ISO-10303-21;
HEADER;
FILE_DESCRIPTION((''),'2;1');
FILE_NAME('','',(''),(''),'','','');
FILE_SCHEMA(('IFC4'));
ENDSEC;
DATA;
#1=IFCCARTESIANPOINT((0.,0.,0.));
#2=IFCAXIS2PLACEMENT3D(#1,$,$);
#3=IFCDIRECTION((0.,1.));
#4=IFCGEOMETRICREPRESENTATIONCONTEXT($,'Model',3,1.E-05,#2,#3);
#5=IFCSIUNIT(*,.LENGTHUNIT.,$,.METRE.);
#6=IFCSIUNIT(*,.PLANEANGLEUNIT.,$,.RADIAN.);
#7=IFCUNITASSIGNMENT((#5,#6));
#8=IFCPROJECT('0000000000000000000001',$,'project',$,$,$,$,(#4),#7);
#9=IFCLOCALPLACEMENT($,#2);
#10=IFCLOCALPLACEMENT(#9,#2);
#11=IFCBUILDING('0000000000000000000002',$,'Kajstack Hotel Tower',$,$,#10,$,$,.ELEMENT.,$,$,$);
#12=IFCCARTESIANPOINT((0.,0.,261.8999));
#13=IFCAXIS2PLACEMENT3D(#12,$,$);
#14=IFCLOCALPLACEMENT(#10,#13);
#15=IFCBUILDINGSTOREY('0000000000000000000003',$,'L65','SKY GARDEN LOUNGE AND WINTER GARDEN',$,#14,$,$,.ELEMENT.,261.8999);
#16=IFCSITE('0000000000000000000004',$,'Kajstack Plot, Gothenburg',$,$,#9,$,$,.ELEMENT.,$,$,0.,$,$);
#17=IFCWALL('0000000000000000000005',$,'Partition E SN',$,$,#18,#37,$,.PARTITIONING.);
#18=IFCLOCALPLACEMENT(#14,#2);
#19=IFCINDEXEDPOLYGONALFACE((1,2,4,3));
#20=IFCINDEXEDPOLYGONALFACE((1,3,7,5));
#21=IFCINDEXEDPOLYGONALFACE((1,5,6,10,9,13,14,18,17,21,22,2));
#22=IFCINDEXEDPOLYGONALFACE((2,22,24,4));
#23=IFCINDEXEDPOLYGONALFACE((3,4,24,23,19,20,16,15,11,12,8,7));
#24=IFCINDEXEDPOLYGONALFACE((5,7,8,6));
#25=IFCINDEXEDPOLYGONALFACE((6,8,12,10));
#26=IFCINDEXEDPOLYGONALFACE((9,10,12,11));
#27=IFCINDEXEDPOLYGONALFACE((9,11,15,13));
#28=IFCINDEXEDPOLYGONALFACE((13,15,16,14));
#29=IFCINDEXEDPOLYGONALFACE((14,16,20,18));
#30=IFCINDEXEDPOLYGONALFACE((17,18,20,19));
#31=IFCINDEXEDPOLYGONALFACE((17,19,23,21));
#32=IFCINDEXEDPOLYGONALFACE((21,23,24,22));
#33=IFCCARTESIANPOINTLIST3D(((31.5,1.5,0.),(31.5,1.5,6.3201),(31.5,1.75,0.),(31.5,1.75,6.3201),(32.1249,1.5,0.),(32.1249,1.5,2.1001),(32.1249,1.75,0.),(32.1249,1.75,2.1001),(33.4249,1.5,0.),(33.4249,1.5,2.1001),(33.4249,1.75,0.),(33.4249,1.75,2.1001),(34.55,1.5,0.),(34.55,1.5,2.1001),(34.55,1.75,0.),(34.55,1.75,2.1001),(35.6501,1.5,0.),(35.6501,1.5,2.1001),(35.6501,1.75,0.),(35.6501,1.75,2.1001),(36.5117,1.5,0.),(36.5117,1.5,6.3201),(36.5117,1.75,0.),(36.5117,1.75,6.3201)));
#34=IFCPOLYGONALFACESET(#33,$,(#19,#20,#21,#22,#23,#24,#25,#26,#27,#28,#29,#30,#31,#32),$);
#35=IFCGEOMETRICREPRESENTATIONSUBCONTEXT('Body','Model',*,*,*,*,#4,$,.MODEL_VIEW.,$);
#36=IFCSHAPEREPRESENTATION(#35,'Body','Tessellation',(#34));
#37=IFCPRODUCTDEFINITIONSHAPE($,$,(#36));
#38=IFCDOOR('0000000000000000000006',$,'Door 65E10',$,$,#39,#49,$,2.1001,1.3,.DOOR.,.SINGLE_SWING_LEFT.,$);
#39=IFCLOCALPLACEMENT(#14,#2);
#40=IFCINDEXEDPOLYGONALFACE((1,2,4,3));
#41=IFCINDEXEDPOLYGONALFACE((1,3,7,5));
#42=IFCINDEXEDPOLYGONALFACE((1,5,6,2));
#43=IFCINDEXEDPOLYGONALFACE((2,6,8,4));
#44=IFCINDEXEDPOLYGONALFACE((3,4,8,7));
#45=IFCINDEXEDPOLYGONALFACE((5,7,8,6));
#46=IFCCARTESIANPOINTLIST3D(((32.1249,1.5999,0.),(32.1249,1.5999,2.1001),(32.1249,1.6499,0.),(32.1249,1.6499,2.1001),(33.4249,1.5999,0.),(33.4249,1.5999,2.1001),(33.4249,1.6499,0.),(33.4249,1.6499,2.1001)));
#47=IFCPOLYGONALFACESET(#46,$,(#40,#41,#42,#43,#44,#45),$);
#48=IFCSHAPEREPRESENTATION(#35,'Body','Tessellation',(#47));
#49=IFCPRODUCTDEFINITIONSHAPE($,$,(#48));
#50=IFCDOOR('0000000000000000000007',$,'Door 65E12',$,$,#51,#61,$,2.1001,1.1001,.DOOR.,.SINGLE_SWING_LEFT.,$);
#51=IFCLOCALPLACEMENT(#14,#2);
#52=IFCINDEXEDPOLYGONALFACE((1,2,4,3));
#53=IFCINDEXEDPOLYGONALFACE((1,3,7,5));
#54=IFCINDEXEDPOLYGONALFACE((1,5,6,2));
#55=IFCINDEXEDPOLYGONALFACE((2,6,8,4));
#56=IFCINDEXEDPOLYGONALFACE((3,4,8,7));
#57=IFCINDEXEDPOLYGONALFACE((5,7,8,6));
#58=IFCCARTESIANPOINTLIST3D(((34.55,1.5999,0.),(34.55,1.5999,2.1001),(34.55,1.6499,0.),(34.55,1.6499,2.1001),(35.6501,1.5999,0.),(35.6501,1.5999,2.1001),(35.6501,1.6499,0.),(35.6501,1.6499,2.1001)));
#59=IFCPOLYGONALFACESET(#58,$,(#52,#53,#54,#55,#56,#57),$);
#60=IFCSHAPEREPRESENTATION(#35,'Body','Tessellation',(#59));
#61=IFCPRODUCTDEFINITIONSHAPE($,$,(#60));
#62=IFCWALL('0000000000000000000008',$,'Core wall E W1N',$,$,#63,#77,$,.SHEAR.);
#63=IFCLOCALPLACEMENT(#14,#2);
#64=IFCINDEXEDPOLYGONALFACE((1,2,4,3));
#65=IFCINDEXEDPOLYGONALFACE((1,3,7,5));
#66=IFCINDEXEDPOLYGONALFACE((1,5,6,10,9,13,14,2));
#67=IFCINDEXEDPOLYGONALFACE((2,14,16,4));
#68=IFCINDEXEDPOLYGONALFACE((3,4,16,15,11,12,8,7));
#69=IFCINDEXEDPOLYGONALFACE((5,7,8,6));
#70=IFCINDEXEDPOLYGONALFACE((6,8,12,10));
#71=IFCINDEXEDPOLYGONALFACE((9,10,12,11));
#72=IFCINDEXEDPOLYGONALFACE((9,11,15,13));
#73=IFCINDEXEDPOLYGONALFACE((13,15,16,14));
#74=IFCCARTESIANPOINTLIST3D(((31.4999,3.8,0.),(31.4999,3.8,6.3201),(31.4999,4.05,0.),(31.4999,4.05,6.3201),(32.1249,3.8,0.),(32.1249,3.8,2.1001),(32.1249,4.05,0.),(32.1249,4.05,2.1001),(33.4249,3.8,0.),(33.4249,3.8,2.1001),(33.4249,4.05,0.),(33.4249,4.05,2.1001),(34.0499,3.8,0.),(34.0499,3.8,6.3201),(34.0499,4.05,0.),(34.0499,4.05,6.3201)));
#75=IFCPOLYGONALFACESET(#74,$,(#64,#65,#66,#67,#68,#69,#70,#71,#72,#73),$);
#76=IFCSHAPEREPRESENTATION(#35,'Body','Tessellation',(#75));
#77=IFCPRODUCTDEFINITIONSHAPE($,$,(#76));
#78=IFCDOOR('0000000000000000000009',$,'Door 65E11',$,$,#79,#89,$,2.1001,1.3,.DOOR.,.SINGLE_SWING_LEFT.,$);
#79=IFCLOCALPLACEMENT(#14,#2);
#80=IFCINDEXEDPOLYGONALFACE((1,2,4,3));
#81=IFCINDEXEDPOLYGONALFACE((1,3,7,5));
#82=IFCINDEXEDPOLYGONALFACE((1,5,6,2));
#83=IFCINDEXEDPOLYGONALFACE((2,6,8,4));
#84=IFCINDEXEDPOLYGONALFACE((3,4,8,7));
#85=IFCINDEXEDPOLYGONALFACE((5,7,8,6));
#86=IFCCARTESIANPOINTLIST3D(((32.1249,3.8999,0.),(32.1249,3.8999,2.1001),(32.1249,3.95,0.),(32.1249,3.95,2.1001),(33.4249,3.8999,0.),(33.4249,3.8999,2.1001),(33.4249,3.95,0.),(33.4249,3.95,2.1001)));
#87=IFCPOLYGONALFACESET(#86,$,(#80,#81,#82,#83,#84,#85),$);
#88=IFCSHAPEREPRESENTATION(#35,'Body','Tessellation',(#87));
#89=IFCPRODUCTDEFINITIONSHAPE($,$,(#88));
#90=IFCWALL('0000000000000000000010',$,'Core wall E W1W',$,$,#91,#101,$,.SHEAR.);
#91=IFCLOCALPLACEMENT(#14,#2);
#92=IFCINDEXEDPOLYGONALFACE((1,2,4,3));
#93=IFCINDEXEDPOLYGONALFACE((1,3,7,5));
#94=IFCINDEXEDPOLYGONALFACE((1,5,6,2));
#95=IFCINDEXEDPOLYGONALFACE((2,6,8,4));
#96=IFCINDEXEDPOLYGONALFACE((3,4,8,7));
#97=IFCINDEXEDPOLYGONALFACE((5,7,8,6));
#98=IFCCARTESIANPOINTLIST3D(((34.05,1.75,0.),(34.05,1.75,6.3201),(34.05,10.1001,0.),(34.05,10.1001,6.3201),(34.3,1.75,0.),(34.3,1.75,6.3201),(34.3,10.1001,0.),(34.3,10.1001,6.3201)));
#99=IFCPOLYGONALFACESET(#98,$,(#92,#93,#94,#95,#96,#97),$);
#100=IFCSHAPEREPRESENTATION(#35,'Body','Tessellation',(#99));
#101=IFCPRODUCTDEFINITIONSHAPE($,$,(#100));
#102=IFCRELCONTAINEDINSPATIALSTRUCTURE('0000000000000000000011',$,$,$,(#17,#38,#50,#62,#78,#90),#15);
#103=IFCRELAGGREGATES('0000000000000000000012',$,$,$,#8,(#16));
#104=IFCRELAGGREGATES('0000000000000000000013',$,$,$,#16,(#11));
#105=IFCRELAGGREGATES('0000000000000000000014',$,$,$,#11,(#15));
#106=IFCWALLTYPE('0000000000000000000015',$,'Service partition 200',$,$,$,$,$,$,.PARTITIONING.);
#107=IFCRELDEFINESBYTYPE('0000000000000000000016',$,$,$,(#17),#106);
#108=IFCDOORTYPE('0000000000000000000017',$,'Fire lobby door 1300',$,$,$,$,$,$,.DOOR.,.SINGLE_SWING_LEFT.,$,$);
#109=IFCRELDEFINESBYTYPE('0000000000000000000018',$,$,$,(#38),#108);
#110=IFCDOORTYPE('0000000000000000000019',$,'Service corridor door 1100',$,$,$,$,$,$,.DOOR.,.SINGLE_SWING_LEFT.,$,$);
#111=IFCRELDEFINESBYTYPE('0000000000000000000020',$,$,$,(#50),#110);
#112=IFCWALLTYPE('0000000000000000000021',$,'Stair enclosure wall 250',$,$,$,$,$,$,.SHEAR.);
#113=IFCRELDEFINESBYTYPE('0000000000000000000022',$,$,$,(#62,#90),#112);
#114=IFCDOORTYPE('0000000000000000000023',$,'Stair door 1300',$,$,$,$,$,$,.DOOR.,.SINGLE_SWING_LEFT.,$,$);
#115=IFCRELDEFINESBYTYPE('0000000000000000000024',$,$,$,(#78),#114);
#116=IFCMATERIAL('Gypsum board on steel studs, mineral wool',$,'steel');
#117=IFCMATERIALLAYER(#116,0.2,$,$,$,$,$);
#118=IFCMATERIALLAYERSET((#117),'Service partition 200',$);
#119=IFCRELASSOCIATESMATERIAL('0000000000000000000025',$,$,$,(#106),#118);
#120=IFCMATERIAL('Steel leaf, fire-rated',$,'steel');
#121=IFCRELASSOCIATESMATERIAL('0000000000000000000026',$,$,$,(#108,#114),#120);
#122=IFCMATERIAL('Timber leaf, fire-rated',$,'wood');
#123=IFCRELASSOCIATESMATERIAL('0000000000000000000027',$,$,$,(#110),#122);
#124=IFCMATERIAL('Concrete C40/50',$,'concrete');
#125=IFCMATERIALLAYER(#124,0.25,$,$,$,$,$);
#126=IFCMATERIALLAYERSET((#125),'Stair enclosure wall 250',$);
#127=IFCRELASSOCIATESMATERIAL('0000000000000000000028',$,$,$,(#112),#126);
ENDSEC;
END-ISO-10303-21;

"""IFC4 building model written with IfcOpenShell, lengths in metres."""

from ifc_helpers import new_model, si_unit, direction, frame, frame_2d, origin, place, context, subcontext, project, spatial, rectangle, extrude, material, layer, layer_set, type_object, element, fill, save


model = new_model("IFC4")

# Units and contexts
model_context = context("Model", 3, precision=1e-05, world=origin(), true_north=direction((0.0, 1.0)))
body_context = subcontext(model_context, "Body", "Model", "MODEL_VIEW")
ifc_project = project(units=[si_unit("LENGTHUNIT", "METRE"), si_unit("PLANEANGLEUNIT", "RADIAN")], contexts=[model_context])

# Site, building, storey
site_placement = place(None, origin())
site = spatial("IfcSite", under=ifc_project, at=site_placement, Name="Kajstack Plot, Gothenburg", CompositionType="ELEMENT", RefElevation=0.0)
building_placement = place(site_placement, origin())
building = spatial("IfcBuilding", under=site, at=building_placement, Name="Kajstack Hotel Tower", CompositionType="ELEMENT")
storey_placement = place(building_placement, frame((0.0, 0.0, 261.8999)))
storey = spatial("IfcBuildingStorey", under=building, at=storey_placement, Name="L65", Description="SKY GARDEN LOUNGE AND WINTER GARDEN", CompositionType="ELEMENT", Elevation=261.8999)

# Wall, openings, doors
ifc_material_1 = material(Name="Gypsum board on steel studs, mineral wool", Category="steel")
ifc_layer_1 = layer(ifc_material_1, 0.2)
ifc_layer_set_1 = layer_set([ifc_layer_1], Name="Service partition 200")
wall_type_1 = type_object("IfcWallType", Name="Service partition 200", PredefinedType="PARTITIONING", material=ifc_layer_set_1)
wall_1_placement = place(storey_placement, frame((31.5, 1.625, 0.0), z_axis=(0.0, 0.0, 1.0), x_axis=(1.0, 0.0, 0.0)))
wall_1 = element("IfcWall", 1, at=wall_1_placement, inside=storey, type_object=wall_type_1, Name="Partition E SN", PredefinedType="PARTITIONING", context=body_context, shape_type="SweptSolid", body=[
    extrude(rectangle(XDim=5.0117, YDim=0.25, at=frame_2d((2.5059, 0.0))), origin(), (0.0, 0.0, 1.0), 6.3201),
])
opening_1_placement = place(wall_1_placement, frame((0.625, 0.0, 0.0)))
opening_1 = element("IfcOpeningElement", 2, at=opening_1_placement, cuts=wall_1, PredefinedType="OPENING", context=body_context, shape_type="SweptSolid", body=[
    extrude(rectangle(XDim=1.3, YDim=2.1001, at=frame_2d((0.6499, 1.05))), frame((0.0, 0.135, 0.0), z_axis=(0.0, -1.0, 0.0), x_axis=(1.0, 0.0, 0.0)), (0.0, 0.0, 1.0), 0.27),
])
opening_2_placement = place(wall_1_placement, frame((3.05, 0.0, 0.0)))
opening_2 = element("IfcOpeningElement", 3, at=opening_2_placement, cuts=wall_1, PredefinedType="OPENING", context=body_context, shape_type="SweptSolid", body=[
    extrude(rectangle(XDim=1.1001, YDim=2.1001, at=frame_2d((0.55, 1.05))), frame((0.0, 0.135, 0.0), z_axis=(0.0, -1.0, 0.0), x_axis=(1.0, 0.0, 0.0)), (0.0, 0.0, 1.0), 0.27),
])
ifc_material_2 = material(Name="Steel leaf, fire-rated", Category="steel")
door_type_1 = type_object("IfcDoorType", Name="Fire lobby door 1300", OperationType="SINGLE_SWING_LEFT", PredefinedType="DOOR", material=ifc_material_2)
door_1_placement = place(opening_1_placement, origin())
door_1 = element("IfcDoor", 4, at=door_1_placement, inside=storey, type_object=door_type_1, Name="Door 65E10", OperationType="SINGLE_SWING_LEFT", OverallHeight=2.1001, OverallWidth=1.3, PredefinedType="DOOR", context=body_context, shape_type="SweptSolid", body=[
    extrude(rectangle(XDim=1.3, YDim=2.1001, at=frame_2d((0.6499, 1.05))), frame((0.0, 0.0249, 0.0), z_axis=(0.0, -1.0, 0.0), x_axis=(1.0, 0.0, 0.0)), (0.0, 0.0, 1.0), 0.05),
])
fill(opening_1, door_1)
ifc_material_3 = material(Name="Timber leaf, fire-rated", Category="wood")
door_type_2 = type_object("IfcDoorType", Name="Service corridor door 1100", OperationType="SINGLE_SWING_LEFT", PredefinedType="DOOR", material=ifc_material_3)
door_2_placement = place(opening_2_placement, origin())
door_2 = element("IfcDoor", 5, at=door_2_placement, inside=storey, type_object=door_type_2, Name="Door 65E12", OperationType="SINGLE_SWING_LEFT", OverallHeight=2.1001, OverallWidth=1.1001, PredefinedType="DOOR", context=body_context, shape_type="SweptSolid", body=[
    extrude(rectangle(XDim=1.1001, YDim=2.1001, at=frame_2d((0.55, 1.05))), frame((0.0, 0.0249, 0.0), z_axis=(0.0, -1.0, 0.0), x_axis=(1.0, 0.0, 0.0)), (0.0, 0.0, 1.0), 0.05),
])
fill(opening_2, door_2)

# Wall, opening, door
ifc_material_4 = material(Name="Concrete C40/50", Category="concrete")
ifc_layer_2 = layer(ifc_material_4, 0.25)
ifc_layer_set_2 = layer_set([ifc_layer_2], Name="Stair enclosure wall 250")
wall_type_2 = type_object("IfcWallType", Name="Stair enclosure wall 250", PredefinedType="SHEAR", material=ifc_layer_set_2)
wall_2_placement = place(storey_placement, frame((31.5, 3.925, 0.0), z_axis=(0.0, 0.0, 1.0), x_axis=(1.0, 0.0, 0.0)))
wall_2 = element("IfcWall", 6, at=wall_2_placement, inside=storey, type_object=wall_type_2, Name="Core wall E W1N", PredefinedType="SHEAR", context=body_context, shape_type="SweptSolid", body=[
    extrude(rectangle(XDim=2.55, YDim=0.25, at=frame_2d((1.2749, 0.0))), origin(), (0.0, 0.0, 1.0), 6.3201),
])
opening_3_placement = place(wall_2_placement, frame((0.625, 0.0, 0.0)))
opening_3 = element("IfcOpeningElement", 7, at=opening_3_placement, cuts=wall_2, PredefinedType="OPENING", context=body_context, shape_type="SweptSolid", body=[
    extrude(rectangle(XDim=1.3, YDim=2.1001, at=frame_2d((0.6499, 1.05))), frame((0.0, 0.135, 0.0), z_axis=(0.0, -1.0, 0.0), x_axis=(1.0, 0.0, 0.0)), (0.0, 0.0, 1.0), 0.27),
])
door_type_3 = type_object("IfcDoorType", Name="Stair door 1300", OperationType="SINGLE_SWING_LEFT", PredefinedType="DOOR", material=ifc_material_2)
door_3_placement = place(opening_3_placement, origin())
door_3 = element("IfcDoor", 8, at=door_3_placement, inside=storey, type_object=door_type_3, Name="Door 65E11", OperationType="SINGLE_SWING_LEFT", OverallHeight=2.1001, OverallWidth=1.3, PredefinedType="DOOR", context=body_context, shape_type="SweptSolid", body=[
    extrude(rectangle(XDim=1.3, YDim=2.1001, at=frame_2d((0.6499, 1.05))), frame((0.0, 0.0249, 0.0), z_axis=(0.0, -1.0, 0.0), x_axis=(1.0, 0.0, 0.0)), (0.0, 0.0, 1.0), 0.05),
])
fill(opening_3, door_3)

# Wall
wall_3_placement = place(storey_placement, frame((34.175, 1.75, 0.0), z_axis=(0.0, 0.0, 1.0), x_axis=(0.0, 1.0, 0.0)))
element("IfcWall", 9, at=wall_3_placement, inside=storey, type_object=wall_type_2, Name="Core wall E W1W", PredefinedType="SHEAR", context=body_context, shape_type="SweptSolid", body=[
    extrude(rectangle(XDim=8.3501, YDim=0.25, at=frame_2d((4.175, 0.0))), origin(), (0.0, 0.0, 1.0), 6.3201),
])

save(model, "model.ifc")
